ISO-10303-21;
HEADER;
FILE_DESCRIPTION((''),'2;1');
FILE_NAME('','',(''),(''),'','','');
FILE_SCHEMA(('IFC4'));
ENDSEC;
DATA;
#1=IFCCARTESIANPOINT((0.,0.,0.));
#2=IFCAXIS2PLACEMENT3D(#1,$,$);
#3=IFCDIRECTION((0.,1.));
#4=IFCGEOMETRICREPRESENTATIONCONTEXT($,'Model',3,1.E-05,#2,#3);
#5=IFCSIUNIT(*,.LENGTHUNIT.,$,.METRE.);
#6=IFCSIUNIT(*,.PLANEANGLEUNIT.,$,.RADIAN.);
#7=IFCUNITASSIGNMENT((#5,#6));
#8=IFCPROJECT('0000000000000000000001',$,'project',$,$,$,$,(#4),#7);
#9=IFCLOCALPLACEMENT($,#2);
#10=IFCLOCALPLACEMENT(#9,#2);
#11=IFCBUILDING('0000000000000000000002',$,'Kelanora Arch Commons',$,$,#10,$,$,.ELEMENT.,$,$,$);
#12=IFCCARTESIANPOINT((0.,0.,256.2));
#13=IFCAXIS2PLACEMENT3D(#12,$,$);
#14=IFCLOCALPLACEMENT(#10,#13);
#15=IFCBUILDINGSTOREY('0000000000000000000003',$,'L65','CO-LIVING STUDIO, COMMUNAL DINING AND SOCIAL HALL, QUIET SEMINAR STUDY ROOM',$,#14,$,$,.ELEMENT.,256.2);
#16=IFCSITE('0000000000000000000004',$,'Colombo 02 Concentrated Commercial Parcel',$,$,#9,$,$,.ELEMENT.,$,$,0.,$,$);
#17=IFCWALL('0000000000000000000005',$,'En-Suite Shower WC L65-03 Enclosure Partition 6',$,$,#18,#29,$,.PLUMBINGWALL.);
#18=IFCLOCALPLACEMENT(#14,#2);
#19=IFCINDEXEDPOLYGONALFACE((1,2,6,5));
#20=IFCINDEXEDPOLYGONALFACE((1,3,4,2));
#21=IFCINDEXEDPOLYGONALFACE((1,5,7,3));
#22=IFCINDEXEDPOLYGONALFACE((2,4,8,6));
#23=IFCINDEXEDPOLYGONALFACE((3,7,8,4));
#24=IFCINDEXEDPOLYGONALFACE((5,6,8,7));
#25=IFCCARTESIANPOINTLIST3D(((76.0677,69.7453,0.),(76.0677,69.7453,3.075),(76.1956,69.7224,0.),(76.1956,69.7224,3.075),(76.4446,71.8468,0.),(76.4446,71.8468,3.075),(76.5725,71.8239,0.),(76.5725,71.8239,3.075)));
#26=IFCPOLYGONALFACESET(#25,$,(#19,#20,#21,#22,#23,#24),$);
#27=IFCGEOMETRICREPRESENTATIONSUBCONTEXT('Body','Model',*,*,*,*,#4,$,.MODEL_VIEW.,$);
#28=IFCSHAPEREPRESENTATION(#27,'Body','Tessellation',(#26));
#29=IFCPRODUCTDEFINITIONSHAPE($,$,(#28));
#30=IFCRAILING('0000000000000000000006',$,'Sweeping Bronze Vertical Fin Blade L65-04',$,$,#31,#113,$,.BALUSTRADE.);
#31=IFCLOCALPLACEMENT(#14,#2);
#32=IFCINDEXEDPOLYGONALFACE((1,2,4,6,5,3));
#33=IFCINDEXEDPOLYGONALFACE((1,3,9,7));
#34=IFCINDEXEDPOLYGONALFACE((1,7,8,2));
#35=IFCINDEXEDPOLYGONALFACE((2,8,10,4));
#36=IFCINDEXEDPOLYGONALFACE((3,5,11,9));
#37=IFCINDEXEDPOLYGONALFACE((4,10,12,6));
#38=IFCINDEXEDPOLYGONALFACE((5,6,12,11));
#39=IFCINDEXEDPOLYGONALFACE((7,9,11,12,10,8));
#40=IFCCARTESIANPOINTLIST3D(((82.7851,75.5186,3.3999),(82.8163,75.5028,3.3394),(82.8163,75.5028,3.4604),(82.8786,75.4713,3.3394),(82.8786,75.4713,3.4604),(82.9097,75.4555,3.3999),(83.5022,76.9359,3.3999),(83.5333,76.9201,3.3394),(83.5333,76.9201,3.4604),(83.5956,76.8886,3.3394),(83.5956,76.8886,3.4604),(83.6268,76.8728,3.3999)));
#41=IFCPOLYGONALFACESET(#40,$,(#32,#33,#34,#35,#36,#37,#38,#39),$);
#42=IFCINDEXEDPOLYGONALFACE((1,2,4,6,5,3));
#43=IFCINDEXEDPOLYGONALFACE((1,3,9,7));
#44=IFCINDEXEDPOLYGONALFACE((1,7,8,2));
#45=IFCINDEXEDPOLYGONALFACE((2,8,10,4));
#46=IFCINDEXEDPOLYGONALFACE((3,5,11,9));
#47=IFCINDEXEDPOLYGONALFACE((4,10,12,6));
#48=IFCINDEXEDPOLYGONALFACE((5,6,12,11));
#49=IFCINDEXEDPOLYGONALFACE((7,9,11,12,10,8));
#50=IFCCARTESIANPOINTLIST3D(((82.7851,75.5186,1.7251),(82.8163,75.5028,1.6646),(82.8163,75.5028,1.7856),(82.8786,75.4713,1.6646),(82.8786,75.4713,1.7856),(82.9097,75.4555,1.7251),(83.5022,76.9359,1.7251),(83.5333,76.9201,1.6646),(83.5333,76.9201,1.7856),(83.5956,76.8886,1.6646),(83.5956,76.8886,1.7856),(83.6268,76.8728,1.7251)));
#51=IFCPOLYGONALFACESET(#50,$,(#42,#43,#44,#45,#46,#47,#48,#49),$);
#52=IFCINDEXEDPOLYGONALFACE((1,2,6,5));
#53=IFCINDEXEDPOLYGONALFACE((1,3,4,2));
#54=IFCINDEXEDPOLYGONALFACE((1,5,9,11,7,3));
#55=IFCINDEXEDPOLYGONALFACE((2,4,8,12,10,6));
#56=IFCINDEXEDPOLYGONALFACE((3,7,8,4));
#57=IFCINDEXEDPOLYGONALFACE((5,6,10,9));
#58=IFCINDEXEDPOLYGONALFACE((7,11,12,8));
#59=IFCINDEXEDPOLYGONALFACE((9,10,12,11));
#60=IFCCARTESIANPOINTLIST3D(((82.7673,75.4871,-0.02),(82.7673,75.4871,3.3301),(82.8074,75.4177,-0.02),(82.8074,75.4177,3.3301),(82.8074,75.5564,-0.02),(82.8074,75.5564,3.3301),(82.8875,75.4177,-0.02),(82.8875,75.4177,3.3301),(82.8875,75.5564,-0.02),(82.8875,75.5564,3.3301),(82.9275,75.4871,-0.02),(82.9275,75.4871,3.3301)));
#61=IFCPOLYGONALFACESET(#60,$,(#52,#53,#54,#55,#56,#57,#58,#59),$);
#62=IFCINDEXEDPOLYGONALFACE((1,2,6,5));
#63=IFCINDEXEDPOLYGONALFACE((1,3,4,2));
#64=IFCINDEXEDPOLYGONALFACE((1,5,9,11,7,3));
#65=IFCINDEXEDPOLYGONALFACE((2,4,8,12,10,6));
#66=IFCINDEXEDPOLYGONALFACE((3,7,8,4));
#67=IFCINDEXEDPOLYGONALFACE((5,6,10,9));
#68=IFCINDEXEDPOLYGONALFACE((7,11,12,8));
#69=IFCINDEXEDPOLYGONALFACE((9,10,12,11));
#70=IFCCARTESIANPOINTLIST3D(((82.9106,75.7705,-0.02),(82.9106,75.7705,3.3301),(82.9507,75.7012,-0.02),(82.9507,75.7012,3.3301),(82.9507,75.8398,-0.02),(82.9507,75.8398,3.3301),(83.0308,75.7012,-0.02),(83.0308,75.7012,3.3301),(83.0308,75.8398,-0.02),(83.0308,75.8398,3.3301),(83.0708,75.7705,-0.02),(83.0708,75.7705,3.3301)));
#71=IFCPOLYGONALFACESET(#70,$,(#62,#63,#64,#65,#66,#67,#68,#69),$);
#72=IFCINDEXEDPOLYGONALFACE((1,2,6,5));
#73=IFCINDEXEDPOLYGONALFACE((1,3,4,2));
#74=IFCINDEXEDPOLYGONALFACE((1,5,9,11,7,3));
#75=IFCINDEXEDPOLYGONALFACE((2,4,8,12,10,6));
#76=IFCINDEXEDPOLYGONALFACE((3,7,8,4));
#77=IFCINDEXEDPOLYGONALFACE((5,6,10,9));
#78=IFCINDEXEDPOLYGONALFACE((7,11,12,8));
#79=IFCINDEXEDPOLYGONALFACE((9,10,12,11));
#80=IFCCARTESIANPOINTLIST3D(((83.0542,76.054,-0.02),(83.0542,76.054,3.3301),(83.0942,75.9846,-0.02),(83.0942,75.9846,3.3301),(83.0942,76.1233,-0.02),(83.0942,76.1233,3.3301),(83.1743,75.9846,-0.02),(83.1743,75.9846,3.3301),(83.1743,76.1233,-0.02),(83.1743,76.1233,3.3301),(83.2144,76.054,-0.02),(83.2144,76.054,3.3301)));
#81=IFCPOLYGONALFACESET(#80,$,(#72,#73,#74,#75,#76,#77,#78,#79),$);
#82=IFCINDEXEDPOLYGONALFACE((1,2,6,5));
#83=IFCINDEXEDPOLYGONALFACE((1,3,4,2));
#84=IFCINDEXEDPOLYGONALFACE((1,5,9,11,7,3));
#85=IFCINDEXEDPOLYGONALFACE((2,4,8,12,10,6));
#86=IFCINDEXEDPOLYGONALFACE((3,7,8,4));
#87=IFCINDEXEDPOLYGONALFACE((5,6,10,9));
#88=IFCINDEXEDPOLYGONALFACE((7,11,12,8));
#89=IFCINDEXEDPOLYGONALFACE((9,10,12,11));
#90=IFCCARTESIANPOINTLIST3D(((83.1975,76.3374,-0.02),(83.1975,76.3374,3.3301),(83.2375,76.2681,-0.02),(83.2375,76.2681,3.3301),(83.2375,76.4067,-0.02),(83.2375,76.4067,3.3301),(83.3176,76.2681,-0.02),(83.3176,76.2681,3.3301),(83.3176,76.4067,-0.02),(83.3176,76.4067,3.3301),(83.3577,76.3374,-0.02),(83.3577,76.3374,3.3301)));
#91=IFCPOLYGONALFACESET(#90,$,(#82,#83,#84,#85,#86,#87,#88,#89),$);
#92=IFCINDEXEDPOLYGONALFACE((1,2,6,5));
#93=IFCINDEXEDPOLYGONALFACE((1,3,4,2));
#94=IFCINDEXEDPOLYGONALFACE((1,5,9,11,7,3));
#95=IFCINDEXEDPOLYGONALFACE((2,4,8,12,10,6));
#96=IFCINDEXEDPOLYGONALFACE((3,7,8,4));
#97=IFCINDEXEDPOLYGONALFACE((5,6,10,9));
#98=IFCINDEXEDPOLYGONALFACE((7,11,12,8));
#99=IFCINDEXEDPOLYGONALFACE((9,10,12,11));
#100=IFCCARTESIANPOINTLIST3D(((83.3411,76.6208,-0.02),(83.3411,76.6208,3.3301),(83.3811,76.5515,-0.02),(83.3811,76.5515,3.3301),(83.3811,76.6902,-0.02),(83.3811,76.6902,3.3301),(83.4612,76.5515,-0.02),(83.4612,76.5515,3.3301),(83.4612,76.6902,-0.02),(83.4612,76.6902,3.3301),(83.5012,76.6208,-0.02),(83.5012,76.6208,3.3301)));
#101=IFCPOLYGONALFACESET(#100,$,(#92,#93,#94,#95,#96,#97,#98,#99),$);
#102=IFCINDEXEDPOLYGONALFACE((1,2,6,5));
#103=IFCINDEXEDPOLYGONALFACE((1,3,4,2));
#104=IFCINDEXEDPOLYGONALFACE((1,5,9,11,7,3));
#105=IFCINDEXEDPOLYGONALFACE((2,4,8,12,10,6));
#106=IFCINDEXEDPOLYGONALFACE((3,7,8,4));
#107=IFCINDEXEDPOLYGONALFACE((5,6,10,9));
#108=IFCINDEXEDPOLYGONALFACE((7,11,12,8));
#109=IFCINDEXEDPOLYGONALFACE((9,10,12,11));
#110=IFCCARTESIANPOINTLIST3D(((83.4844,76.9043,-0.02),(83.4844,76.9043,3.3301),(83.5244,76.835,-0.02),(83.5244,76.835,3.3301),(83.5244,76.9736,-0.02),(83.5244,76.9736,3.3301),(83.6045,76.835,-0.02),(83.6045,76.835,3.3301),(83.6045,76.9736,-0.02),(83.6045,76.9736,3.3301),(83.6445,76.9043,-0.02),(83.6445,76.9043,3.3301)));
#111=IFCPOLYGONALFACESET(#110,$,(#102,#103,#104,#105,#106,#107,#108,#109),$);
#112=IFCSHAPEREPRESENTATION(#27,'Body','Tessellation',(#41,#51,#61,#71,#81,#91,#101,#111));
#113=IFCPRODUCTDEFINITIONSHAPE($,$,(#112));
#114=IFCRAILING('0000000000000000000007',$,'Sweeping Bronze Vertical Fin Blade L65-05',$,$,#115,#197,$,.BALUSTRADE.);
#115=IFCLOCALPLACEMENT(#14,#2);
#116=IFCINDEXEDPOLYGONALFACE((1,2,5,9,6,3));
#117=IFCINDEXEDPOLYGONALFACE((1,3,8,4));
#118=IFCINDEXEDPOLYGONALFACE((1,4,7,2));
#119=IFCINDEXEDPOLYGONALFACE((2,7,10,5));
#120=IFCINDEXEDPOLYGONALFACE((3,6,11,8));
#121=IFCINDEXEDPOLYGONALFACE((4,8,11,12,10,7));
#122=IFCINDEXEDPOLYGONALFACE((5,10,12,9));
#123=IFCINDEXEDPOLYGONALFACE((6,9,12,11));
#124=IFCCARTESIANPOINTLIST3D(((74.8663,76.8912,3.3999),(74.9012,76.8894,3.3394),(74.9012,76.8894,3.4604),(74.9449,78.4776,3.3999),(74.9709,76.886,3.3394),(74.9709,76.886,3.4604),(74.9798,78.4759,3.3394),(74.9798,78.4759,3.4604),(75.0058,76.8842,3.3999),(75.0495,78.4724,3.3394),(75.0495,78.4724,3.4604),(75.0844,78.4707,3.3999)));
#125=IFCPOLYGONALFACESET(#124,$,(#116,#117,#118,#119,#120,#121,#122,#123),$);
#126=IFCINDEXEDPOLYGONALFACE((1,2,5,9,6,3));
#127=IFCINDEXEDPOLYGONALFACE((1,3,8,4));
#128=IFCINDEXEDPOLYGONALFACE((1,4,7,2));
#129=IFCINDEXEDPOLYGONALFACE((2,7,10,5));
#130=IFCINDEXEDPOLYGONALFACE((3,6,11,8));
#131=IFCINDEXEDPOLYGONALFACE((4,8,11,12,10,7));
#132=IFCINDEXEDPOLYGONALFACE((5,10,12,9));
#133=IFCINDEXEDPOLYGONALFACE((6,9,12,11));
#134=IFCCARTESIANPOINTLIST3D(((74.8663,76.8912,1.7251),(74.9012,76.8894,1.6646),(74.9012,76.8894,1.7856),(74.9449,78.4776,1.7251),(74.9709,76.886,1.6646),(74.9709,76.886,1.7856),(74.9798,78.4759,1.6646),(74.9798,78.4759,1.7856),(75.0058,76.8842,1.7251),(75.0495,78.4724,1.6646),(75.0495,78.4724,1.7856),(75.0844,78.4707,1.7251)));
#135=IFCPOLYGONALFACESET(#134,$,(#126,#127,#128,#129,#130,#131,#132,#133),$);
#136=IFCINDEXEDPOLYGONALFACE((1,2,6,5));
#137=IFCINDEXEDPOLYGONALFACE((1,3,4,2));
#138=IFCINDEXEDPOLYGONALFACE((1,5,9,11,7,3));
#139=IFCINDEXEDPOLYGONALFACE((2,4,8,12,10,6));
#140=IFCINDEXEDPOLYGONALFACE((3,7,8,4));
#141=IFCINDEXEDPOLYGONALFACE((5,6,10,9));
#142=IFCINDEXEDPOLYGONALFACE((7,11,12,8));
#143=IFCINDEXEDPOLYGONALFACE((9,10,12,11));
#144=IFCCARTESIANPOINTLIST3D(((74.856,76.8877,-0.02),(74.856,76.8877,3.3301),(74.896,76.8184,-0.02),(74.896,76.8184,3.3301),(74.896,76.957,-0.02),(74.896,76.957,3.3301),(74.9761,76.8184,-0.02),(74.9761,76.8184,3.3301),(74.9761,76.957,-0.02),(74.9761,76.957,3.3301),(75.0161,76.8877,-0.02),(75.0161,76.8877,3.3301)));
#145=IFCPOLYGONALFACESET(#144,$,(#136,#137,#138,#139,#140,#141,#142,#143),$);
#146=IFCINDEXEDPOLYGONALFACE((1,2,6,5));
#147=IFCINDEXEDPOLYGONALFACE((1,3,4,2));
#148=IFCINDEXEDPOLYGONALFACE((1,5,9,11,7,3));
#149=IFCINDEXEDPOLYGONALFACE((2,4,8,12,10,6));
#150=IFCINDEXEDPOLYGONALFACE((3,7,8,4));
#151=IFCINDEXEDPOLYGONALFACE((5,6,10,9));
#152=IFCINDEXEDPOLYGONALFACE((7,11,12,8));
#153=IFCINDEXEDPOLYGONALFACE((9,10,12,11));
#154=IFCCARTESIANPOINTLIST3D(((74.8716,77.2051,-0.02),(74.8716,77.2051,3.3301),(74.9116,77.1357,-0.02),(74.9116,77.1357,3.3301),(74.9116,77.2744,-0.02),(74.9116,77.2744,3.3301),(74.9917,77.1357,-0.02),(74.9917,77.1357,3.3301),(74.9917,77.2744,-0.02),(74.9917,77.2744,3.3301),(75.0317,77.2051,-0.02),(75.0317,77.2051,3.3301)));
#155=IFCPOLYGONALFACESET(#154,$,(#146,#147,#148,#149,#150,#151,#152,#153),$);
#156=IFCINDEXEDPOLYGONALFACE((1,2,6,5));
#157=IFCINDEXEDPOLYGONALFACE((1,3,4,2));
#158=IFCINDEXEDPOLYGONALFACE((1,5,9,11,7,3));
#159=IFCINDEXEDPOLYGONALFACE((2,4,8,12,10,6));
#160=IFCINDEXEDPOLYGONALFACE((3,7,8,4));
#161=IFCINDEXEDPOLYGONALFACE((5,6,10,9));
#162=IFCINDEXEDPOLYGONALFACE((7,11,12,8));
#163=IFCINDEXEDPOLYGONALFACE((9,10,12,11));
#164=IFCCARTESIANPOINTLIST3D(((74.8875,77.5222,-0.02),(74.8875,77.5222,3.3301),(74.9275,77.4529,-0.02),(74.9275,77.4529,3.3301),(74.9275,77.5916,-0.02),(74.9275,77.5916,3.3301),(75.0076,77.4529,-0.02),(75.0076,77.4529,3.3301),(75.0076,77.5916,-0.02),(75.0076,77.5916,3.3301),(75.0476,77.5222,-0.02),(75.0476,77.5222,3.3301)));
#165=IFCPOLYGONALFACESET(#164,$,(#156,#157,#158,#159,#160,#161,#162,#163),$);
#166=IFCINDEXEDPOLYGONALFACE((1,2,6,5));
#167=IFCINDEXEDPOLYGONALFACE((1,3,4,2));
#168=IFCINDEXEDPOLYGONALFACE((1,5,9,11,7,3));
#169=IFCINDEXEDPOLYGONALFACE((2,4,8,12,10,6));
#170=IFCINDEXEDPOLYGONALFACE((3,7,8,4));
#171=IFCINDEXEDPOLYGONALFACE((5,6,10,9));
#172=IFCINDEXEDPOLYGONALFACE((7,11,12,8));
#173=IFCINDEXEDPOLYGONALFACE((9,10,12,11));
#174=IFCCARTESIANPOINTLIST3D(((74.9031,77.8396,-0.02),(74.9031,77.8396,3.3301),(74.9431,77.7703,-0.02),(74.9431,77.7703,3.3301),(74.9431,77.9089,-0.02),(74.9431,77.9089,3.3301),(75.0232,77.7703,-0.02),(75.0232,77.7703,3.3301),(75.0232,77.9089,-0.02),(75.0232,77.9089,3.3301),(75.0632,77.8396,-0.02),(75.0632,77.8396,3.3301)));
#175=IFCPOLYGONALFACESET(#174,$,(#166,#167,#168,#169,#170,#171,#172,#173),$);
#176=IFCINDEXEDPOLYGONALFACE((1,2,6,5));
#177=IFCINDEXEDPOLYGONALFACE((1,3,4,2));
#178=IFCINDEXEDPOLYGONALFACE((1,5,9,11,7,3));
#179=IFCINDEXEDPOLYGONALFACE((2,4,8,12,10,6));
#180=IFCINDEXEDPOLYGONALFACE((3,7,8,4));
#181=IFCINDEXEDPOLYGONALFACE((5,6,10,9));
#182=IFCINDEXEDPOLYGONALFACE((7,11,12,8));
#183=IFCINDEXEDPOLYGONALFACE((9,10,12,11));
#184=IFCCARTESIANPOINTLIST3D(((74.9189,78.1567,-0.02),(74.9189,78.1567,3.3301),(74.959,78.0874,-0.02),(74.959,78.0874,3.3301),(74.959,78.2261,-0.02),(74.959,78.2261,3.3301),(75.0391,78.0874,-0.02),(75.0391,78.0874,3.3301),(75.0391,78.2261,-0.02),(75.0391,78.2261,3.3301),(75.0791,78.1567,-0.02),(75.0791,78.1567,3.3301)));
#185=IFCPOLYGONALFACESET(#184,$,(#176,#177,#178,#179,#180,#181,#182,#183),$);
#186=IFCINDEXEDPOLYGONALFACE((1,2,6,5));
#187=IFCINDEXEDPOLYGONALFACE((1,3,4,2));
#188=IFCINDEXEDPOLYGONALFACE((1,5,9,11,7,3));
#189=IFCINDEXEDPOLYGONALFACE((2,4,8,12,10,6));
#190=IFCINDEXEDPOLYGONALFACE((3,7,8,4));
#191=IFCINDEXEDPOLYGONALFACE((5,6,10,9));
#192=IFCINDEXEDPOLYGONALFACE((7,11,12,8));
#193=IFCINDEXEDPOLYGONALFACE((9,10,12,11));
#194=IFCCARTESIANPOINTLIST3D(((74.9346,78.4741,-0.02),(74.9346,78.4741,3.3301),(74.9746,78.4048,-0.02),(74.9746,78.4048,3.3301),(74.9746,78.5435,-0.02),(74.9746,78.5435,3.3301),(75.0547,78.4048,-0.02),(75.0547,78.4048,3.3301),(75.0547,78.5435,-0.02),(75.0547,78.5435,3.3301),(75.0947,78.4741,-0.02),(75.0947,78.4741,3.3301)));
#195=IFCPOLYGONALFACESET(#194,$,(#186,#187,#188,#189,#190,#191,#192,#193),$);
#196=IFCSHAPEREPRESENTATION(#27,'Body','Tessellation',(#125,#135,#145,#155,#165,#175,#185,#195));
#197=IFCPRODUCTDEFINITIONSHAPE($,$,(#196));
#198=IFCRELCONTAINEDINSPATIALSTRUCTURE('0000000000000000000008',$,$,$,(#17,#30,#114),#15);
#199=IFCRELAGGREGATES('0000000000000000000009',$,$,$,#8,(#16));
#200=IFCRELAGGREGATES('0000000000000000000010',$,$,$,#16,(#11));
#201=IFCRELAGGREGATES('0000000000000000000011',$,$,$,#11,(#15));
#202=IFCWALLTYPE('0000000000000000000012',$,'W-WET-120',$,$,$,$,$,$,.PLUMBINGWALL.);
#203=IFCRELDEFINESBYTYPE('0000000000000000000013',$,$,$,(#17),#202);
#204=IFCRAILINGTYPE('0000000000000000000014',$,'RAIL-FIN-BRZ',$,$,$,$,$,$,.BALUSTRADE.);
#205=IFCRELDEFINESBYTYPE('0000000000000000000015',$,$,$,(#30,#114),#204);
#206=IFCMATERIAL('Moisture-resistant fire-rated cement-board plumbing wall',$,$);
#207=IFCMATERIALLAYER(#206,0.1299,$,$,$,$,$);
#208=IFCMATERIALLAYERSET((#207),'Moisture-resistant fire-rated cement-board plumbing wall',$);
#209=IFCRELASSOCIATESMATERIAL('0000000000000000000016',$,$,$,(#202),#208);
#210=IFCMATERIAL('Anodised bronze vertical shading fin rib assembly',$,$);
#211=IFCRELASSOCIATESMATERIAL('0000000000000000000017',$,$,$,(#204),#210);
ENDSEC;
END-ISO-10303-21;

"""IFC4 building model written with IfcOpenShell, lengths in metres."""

from ifc_helpers import new_model, si_unit, direction, frame, frame_2d, origin, place, context, subcontext, project, spatial, polyline, rectangle, outline, extrude, material, layer, layer_set, type_object, element, save


model = new_model("IFC4")

# Units and contexts
model_context = context("Model", 3, precision=1e-05, world=origin(), true_north=direction((0.0, 1.0)))
body_context = subcontext(model_context, "Body", "Model", "MODEL_VIEW")
ifc_project = project(units=[si_unit("LENGTHUNIT", "METRE"), si_unit("PLANEANGLEUNIT", "RADIAN")], contexts=[model_context])

# Site, building, storey
site_placement = place(None, origin())
site = spatial("IfcSite", under=ifc_project, at=site_placement, Name="Colombo 02 Concentrated Commercial Parcel", CompositionType="ELEMENT", RefElevation=0.0)
building_placement = place(site_placement, origin())
building = spatial("IfcBuilding", under=site, at=building_placement, Name="Kelanora Arch Commons", CompositionType="ELEMENT")
storey_placement = place(building_placement, frame((0.0, 0.0, 256.2)))
storey = spatial("IfcBuildingStorey", under=building, at=storey_placement, Name="L65", Description="CO-LIVING STUDIO, COMMUNAL DINING AND SOCIAL HALL, QUIET SEMINAR STUDY ROOM", CompositionType="ELEMENT", Elevation=256.2)

# Wall
ifc_material_1 = material(Name="Moisture-resistant fire-rated cement-board plumbing wall")
ifc_layer_1 = layer(ifc_material_1, 0.1299)
ifc_layer_set_1 = layer_set([ifc_layer_1], Name="Moisture-resistant fire-rated cement-board plumbing wall")
wall_type_1 = type_object("IfcWallType", Name="W-WET-120", PredefinedType="PLUMBINGWALL", material=ifc_layer_set_1)
wall_1_placement = place(storey_placement, frame((76.5085, 71.8352, 0.0), z_axis=(0.0, 0.0, 1.0), x_axis=(-0.17655, -0.984292, 0.0)))
element("IfcWall", 1, at=wall_1_placement, inside=storey, type_object=wall_type_1, Name="En-Suite Shower WC L65-03 Enclosure Partition 6", PredefinedType="PLUMBINGWALL", context=body_context, shape_type="SweptSolid", body=[
    extrude(rectangle(XDim=2.135, YDim=0.1299, at=frame_2d((1.0674, 0.0))), origin(), (0.0, 0.0, 1.0), 3.075),
])

# Railings
ifc_material_2 = material(Name="Anodised bronze vertical shading fin rib assembly")
railing_type = type_object("IfcRailingType", Name="RAIL-FIN-BRZ", PredefinedType="BALUSTRADE", material=ifc_material_2)
railing_1_placement = place(storey_placement, frame((82.8474, 75.4871, -0.02)))
element("IfcRailing", 2, at=railing_1_placement, inside=storey, type_object=railing_type, Name="Sweeping Bronze Vertical Fin Blade L65-04", PredefinedType="BALUSTRADE", context=body_context, shape_type="SweptSolid", body=[
    extrude(outline(polyline([(0.0698, 0.0), (0.0349, 0.0605), (-0.0349, 0.0605), (-0.0698, 0.0), (-0.0349, -0.0605), (0.0349, -0.0605), (0.0698, 0.0)])), frame((0.0, 0.0, 3.4199), z_axis=(0.451451, 0.892296, 0.0), x_axis=(-0.892296, 0.451451, 0.0)), (0.0, 0.0, 1.0), 1.5884),
    extrude(outline(polyline([(0.0698, 0.0), (0.0349, 0.0605), (-0.0349, 0.0605), (-0.0698, 0.0), (-0.0349, -0.0605), (0.0349, -0.0605), (0.0698, 0.0)])), frame((0.0, 0.0, 1.7451), z_axis=(0.451451, 0.892296, 0.0), x_axis=(-0.892296, 0.451451, 0.0)), (0.0, 0.0, 1.0), 1.5884),
    extrude(outline(polyline([(0.0801, 0.0), (0.04, 0.0693), (-0.04, 0.0693), (-0.0801, 0.0), (-0.04, -0.0693), (0.04, -0.0693), (0.0801, 0.0)])), origin(), (0.0, 0.0, 1.0), 3.3501),
    extrude(outline(polyline([(0.0801, 0.0), (0.04, 0.0693), (-0.04, 0.0693), (-0.0801, 0.0), (-0.04, -0.0693), (0.04, -0.0693), (0.0801, 0.0)])), frame((0.1433, 0.2834, 0.0)), (0.0, 0.0, 1.0), 3.3501),
    extrude(outline(polyline([(0.0801, 0.0), (0.04, 0.0693), (-0.04, 0.0693), (-0.0801, 0.0), (-0.04, -0.0693), (0.04, -0.0693), (0.0801, 0.0)])), frame((0.2869, 0.5669, 0.0)), (0.0, 0.0, 1.0), 3.3501),
    extrude(outline(polyline([(0.0801, 0.0), (0.04, 0.0693), (-0.04, 0.0693), (-0.0801, 0.0), (-0.04, -0.0693), (0.04, -0.0693), (0.0801, 0.0)])), frame((0.4302, 0.8503, 0.0)), (0.0, 0.0, 1.0), 3.3501),
    extrude(outline(polyline([(0.0801, 0.0), (0.04, 0.0693), (-0.04, 0.0693), (-0.0801, 0.0), (-0.04, -0.0693), (0.04, -0.0693), (0.0801, 0.0)])), frame((0.5737, 1.1338, 0.0)), (0.0, 0.0, 1.0), 3.3501),
    extrude(outline(polyline([(0.0801, 0.0), (0.04, 0.0693), (-0.04, 0.0693), (-0.0801, 0.0), (-0.04, -0.0693), (0.04, -0.0693), (0.0801, 0.0)])), frame((0.717, 1.4172, 0.0)), (0.0, 0.0, 1.0), 3.3501),
])
railing_2_placement = place(storey_placement, frame((74.936, 76.8877, -0.02)))
element("IfcRailing", 3, at=railing_2_placement, inside=storey, type_object=railing_type, Name="Sweeping Bronze Vertical Fin Blade L65-05", PredefinedType="BALUSTRADE", context=body_context, shape_type="SweptSolid", body=[
    extrude(outline(polyline([(0.0698, 0.0), (0.0349, 0.0605), (-0.0349, 0.0605), (-0.0698, 0.0), (-0.0349, -0.0605), (0.0349, -0.0605), (0.0698, 0.0)])), frame((0.0, 0.0, 3.4199), z_axis=(0.049493, 0.998774, 0.0), x_axis=(-0.998774, 0.049493, 0.0)), (0.0, 0.0, 1.0), 1.5884),
    extrude(outline(polyline([(0.0698, 0.0), (0.0349, 0.0605), (-0.0349, 0.0605), (-0.0698, 0.0), (-0.0349, -0.0605), (0.0349, -0.0605), (0.0698, 0.0)])), frame((0.0, 0.0, 1.7451), z_axis=(0.049493, 0.998774, 0.0), x_axis=(-0.998774, 0.049493, 0.0)), (0.0, 0.0, 1.0), 1.5884),
    extrude(outline(polyline([(0.0801, 0.0), (0.04, 0.0693), (-0.04, 0.0693), (-0.0801, 0.0), (-0.04, -0.0693), (0.04, -0.0693), (0.0801, 0.0)])), origin(), (0.0, 0.0, 1.0), 3.3501),
    extrude(outline(polyline([(0.0801, 0.0), (0.04, 0.0693), (-0.04, 0.0693), (-0.0801, 0.0), (-0.04, -0.0693), (0.04, -0.0693), (0.0801, 0.0)])), frame((0.0156, 0.3174, 0.0)), (0.0, 0.0, 1.0), 3.3501),
    extrude(outline(polyline([(0.0801, 0.0), (0.04, 0.0693), (-0.04, 0.0693), (-0.0801, 0.0), (-0.04, -0.0693), (0.04, -0.0693), (0.0801, 0.0)])), frame((0.0315, 0.6345, 0.0)), (0.0, 0.0, 1.0), 3.3501),
    extrude(outline(polyline([(0.0801, 0.0), (0.04, 0.0693), (-0.04, 0.0693), (-0.0801, 0.0), (-0.04, -0.0693), (0.04, -0.0693), (0.0801, 0.0)])), frame((0.0471, 0.9519, 0.0)), (0.0, 0.0, 1.0), 3.3501),
    extrude(outline(polyline([(0.0801, 0.0), (0.04, 0.0693), (-0.04, 0.0693), (-0.0801, 0.0), (-0.04, -0.0693), (0.04, -0.0693), (0.0801, 0.0)])), frame((0.063, 1.269, 0.0)), (0.0, 0.0, 1.0), 3.3501),
    extrude(outline(polyline([(0.0801, 0.0), (0.04, 0.0693), (-0.04, 0.0693), (-0.0801, 0.0), (-0.04, -0.0693), (0.04, -0.0693), (0.0801, 0.0)])), frame((0.0786, 1.5864, 0.0)), (0.0, 0.0, 1.0), 3.3501),
])

save(model, "model.ifc")
